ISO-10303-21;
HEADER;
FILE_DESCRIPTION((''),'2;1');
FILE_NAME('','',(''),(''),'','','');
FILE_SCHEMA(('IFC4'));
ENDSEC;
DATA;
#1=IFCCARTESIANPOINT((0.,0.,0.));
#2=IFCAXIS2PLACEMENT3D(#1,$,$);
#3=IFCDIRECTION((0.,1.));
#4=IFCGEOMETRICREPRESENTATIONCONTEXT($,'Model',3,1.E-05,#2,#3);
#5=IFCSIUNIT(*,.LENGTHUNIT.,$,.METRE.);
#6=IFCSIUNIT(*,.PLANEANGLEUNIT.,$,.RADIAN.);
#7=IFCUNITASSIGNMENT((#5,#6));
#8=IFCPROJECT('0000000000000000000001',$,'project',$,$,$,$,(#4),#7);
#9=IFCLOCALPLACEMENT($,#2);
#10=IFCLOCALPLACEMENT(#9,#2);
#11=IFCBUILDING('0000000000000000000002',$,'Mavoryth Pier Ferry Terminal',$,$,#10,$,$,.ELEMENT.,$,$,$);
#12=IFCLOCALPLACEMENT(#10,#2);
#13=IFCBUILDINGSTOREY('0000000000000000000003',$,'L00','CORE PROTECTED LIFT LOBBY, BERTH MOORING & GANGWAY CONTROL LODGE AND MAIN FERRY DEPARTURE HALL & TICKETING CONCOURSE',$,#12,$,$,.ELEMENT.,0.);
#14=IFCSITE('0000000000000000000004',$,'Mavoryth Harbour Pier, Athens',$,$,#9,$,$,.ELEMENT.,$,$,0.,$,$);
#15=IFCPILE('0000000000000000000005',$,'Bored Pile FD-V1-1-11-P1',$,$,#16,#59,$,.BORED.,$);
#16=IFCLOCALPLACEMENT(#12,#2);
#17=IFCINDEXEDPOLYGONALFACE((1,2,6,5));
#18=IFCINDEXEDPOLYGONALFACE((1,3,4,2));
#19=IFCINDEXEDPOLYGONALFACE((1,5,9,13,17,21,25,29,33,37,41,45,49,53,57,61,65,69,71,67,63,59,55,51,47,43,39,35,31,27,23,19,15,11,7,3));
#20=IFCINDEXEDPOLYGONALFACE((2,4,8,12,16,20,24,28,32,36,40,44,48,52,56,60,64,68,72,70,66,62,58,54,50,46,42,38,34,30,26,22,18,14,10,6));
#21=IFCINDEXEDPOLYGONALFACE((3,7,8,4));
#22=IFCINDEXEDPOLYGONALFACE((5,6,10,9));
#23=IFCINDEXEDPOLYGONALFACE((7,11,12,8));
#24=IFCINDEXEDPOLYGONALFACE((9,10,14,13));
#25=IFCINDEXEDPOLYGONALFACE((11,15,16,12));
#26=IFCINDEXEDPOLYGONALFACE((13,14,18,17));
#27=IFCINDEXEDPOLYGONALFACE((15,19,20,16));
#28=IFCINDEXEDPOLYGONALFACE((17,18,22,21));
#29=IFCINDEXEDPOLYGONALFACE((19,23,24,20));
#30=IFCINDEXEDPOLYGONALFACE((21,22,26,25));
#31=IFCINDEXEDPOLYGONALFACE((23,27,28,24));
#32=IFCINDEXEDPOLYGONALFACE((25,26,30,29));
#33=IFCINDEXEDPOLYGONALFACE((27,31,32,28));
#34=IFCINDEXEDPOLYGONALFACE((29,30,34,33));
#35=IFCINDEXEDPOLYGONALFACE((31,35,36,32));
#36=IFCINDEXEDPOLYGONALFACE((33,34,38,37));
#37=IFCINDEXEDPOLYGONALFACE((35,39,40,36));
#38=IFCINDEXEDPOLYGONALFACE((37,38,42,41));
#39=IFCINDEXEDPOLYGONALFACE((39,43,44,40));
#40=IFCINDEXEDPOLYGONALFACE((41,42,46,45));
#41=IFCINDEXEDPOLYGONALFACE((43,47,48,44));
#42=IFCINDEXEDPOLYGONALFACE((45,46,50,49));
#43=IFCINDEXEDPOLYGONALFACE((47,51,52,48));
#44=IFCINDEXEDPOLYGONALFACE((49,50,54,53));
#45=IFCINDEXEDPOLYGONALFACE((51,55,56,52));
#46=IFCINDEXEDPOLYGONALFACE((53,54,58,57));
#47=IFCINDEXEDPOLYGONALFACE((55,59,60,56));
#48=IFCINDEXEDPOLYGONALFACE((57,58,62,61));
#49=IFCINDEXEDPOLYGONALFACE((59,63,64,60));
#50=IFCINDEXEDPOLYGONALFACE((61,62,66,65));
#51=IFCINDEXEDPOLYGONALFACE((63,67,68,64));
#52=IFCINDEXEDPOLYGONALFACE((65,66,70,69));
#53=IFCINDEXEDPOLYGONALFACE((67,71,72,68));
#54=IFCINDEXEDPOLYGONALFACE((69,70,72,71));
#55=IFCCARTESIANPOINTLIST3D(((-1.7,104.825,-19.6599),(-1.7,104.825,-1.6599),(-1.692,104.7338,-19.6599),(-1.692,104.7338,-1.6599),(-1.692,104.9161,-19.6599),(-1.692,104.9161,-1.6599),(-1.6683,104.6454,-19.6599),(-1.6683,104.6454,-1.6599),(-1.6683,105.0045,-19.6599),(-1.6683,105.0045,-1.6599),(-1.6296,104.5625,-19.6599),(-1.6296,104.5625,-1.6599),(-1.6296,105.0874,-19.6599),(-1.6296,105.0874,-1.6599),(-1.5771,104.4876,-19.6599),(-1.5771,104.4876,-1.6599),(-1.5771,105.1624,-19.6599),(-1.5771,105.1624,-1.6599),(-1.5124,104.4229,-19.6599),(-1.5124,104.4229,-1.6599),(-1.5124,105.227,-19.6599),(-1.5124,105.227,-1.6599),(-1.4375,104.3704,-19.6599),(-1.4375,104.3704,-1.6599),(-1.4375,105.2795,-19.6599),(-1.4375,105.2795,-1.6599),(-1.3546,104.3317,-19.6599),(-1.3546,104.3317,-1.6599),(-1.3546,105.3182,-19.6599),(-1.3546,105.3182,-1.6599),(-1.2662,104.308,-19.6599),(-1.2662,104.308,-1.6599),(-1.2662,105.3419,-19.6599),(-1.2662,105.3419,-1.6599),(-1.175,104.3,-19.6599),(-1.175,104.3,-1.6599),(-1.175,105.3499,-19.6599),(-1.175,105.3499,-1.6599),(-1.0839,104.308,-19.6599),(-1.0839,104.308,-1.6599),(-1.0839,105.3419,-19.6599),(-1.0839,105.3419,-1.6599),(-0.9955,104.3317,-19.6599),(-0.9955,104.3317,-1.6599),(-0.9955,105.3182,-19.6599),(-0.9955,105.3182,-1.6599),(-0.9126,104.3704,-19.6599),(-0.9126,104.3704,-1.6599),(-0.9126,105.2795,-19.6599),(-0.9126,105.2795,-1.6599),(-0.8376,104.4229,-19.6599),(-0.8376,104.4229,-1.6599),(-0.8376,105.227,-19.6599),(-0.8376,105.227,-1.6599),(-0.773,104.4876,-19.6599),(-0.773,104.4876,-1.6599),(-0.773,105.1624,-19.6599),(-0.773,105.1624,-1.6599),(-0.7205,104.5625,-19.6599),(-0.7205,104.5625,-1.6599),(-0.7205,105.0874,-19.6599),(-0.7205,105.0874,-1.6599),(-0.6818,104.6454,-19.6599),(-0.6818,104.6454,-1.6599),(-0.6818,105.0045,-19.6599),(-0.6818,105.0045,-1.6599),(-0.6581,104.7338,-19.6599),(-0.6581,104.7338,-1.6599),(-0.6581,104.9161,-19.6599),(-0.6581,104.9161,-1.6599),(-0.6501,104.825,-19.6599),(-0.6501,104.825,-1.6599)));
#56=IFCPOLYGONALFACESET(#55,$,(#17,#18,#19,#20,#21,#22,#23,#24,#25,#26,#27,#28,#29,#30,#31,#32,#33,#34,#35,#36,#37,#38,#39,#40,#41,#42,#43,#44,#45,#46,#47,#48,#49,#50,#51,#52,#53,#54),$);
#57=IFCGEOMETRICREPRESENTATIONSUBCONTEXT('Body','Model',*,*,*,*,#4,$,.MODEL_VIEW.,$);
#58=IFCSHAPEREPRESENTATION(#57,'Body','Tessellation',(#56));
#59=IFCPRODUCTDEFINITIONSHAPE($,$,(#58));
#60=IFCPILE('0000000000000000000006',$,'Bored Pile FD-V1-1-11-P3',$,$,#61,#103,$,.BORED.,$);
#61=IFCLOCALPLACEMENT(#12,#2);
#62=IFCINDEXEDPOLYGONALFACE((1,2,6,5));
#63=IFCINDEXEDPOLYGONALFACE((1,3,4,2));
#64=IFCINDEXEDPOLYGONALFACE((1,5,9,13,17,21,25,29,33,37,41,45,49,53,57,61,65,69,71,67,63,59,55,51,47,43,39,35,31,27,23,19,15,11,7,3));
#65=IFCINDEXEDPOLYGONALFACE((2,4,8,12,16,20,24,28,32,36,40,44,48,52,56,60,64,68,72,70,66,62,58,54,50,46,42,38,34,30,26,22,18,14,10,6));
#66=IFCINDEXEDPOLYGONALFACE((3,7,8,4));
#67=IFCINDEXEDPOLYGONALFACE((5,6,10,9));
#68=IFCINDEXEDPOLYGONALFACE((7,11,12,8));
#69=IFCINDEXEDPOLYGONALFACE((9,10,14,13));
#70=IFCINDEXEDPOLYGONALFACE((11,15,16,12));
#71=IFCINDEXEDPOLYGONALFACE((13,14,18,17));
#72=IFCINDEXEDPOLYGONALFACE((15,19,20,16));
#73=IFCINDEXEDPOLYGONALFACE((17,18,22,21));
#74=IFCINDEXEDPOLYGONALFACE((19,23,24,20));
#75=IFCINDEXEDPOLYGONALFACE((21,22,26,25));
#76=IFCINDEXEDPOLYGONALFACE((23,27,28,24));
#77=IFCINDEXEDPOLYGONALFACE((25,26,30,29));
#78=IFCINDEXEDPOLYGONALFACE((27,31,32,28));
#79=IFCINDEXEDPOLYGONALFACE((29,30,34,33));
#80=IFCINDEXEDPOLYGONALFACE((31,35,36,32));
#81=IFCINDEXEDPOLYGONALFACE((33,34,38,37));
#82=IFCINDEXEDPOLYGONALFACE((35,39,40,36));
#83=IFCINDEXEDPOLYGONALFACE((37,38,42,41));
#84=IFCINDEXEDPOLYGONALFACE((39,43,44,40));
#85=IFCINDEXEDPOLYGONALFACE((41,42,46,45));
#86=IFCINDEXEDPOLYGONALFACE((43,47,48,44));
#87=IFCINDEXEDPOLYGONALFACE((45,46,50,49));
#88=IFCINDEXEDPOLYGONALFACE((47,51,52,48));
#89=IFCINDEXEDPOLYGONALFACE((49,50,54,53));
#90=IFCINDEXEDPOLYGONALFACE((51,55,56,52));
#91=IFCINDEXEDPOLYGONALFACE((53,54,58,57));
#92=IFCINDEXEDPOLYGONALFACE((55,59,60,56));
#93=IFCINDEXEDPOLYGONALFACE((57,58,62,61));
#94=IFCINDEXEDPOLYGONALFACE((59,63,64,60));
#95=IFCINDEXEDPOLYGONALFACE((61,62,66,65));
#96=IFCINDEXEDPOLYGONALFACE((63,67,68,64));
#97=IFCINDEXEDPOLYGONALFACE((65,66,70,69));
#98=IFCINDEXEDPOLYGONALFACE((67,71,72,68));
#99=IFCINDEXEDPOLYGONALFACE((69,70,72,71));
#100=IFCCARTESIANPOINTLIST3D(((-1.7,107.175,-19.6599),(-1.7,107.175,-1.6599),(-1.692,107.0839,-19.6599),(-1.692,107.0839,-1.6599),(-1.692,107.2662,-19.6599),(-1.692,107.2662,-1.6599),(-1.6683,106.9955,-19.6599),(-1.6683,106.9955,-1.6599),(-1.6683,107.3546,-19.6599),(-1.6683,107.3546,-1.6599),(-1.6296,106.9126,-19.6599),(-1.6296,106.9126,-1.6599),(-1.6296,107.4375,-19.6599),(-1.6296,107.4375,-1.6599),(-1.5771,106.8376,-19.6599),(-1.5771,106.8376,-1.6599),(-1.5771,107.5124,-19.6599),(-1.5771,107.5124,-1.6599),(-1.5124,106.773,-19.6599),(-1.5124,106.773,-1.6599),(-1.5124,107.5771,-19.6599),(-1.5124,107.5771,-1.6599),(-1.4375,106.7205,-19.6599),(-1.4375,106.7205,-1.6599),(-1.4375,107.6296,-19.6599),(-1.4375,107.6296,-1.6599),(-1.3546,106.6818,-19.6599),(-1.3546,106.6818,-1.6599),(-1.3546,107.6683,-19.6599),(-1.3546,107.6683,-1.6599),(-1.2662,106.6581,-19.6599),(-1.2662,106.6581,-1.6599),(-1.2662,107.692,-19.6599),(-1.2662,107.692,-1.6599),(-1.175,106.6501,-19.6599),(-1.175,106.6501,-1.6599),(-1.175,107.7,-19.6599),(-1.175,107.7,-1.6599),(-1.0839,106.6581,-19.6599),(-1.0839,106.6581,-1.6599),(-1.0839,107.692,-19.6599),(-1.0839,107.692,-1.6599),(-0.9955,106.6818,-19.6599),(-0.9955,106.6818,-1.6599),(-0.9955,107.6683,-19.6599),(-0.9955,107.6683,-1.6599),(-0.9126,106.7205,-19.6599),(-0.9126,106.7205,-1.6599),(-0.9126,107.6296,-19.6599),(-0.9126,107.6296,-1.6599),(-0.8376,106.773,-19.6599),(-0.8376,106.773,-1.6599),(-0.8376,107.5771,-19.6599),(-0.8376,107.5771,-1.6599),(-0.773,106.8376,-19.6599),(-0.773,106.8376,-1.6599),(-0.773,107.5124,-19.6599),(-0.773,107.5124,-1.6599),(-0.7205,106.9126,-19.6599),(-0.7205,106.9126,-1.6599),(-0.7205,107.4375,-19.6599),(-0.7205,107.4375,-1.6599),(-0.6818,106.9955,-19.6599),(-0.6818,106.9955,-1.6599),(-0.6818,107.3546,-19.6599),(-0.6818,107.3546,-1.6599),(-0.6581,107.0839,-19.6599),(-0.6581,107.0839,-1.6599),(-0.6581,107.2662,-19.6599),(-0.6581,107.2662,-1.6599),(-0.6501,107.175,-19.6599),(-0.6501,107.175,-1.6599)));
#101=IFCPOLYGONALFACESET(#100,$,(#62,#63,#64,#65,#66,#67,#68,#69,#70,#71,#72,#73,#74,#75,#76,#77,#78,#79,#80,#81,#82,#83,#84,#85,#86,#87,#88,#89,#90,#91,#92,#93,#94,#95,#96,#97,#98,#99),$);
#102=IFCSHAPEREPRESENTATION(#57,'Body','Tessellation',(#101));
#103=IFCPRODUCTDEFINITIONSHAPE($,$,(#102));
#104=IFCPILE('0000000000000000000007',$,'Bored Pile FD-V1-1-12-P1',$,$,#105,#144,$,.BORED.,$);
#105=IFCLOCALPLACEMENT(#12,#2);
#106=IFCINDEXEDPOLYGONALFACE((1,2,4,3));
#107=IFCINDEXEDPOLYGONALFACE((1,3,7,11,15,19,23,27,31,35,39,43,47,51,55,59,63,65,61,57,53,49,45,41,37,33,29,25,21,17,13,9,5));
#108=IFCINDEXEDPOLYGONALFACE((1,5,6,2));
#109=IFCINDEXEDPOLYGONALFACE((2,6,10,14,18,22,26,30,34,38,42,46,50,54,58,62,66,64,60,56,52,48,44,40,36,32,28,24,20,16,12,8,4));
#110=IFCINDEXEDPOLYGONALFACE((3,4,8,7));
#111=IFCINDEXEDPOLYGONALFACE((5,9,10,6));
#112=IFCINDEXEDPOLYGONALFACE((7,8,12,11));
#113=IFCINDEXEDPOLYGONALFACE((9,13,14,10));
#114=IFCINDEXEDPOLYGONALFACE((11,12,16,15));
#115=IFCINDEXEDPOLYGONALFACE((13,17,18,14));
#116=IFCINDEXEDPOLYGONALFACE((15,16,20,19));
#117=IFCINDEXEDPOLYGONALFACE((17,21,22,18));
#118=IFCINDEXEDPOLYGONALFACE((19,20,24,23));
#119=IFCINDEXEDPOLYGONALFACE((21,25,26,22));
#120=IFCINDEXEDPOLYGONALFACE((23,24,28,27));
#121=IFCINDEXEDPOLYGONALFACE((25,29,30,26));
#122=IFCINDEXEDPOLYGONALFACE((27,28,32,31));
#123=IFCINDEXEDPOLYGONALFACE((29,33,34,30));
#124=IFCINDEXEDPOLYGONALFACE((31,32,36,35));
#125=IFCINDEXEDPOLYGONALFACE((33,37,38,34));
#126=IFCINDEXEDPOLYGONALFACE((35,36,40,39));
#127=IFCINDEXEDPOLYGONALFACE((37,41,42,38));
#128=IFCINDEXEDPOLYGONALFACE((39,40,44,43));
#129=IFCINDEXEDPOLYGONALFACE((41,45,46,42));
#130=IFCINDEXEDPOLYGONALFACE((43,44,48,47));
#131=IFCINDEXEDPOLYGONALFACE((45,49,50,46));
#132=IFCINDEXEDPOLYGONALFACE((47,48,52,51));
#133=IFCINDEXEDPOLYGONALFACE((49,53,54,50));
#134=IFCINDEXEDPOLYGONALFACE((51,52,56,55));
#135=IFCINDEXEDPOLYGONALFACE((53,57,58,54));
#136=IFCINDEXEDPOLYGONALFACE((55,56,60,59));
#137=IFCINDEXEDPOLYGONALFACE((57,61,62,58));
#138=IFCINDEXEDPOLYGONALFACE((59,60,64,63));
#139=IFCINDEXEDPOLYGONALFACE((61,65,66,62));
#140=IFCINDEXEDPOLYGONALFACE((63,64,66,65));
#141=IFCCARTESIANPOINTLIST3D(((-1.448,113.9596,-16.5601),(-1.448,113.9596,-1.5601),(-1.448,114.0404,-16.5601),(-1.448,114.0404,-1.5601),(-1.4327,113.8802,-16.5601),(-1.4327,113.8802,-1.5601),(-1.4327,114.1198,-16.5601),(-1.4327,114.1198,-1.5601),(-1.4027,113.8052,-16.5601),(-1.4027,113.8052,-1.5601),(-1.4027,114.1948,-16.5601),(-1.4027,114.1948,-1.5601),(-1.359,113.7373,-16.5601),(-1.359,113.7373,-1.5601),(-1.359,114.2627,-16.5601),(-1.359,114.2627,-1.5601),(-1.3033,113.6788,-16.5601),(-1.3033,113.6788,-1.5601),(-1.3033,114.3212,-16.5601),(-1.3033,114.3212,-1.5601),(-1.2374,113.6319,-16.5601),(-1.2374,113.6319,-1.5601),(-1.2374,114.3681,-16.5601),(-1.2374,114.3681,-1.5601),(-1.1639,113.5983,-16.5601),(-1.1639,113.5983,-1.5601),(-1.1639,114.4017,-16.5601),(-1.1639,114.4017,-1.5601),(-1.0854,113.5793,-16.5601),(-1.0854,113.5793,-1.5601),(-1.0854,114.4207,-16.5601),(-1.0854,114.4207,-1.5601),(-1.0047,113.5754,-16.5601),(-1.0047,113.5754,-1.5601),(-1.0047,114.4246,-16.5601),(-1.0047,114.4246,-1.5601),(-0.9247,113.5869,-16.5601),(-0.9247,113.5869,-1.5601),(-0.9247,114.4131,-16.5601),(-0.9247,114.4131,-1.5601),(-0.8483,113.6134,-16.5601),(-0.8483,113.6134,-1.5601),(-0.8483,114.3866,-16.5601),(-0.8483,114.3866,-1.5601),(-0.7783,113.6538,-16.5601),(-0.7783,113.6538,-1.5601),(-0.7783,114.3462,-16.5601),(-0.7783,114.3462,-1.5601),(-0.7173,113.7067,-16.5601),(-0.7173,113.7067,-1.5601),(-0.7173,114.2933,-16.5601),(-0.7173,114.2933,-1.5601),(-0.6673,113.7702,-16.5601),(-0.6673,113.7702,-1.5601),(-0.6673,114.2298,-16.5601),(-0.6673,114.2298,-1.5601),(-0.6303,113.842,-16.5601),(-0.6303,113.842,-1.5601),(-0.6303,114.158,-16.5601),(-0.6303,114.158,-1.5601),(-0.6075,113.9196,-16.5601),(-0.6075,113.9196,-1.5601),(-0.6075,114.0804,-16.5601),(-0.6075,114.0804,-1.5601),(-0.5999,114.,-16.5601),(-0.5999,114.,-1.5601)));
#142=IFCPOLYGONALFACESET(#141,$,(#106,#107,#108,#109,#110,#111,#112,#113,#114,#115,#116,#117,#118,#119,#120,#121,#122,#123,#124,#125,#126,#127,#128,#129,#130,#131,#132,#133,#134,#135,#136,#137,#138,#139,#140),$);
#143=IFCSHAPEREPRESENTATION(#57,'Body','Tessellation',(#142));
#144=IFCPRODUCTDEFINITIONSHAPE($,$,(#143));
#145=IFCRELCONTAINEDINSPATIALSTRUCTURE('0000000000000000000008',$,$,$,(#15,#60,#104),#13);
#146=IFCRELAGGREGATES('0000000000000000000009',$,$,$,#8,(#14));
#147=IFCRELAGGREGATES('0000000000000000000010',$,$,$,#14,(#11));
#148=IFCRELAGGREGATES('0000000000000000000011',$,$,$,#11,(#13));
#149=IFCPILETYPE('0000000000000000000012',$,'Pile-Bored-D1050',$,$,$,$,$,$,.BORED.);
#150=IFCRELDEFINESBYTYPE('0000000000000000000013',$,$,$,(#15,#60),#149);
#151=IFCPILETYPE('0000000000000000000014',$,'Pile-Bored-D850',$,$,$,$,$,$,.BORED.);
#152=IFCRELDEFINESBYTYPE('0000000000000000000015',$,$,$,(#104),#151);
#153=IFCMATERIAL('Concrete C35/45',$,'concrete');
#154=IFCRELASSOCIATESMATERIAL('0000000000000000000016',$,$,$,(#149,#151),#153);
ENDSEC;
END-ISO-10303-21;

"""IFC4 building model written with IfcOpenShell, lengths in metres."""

from ifc_helpers import new_model, si_unit, direction, frame, origin, origin_2d, place, context, subcontext, project, spatial, circle, extrude, material, material_profile, profile_set, type_object, element, save


model = new_model("IFC4")

# Units and contexts
model_context = context("Model", 3, precision=1e-05, world=origin(), true_north=direction((0.0, 1.0)))
body_context = subcontext(model_context, "Body", "Model", "MODEL_VIEW")
ifc_project = project(units=[si_unit("LENGTHUNIT", "METRE"), si_unit("PLANEANGLEUNIT", "RADIAN")], contexts=[model_context])

# Site, building, storey
site_placement = place(None, origin())
site = spatial("IfcSite", under=ifc_project, at=site_placement, Name="Mavoryth Harbour Pier, Athens", CompositionType="ELEMENT", RefElevation=0.0)
building_placement = place(site_placement, origin())
building = spatial("IfcBuilding", under=site, at=building_placement, Name="Mavoryth Pier Ferry Terminal", CompositionType="ELEMENT")
storey_placement = place(building_placement, origin())
storey = spatial("IfcBuildingStorey", under=building, at=storey_placement, Name="L00", Description="CORE PROTECTED LIFT LOBBY, BERTH MOORING & GANGWAY CONTROL LODGE AND MAIN FERRY DEPARTURE HALL & TICKETING CONCOURSE", CompositionType="ELEMENT", Elevation=0.0)

# Piles
ifc_material_1 = material(Name="Concrete C35/45", Category="concrete")
ifc_material_profile_1 = material_profile(ifc_material_1, circle(Radius=0.5249, at=origin_2d()), Name="PILE D1050", Category="concrete")
ifc_profile_set_1 = profile_set([ifc_material_profile_1], Name="Concrete C35/45 - PILE D1050")
pile_type_1 = type_object("IfcPileType", Name="Pile-Bored-D1050", PredefinedType="BORED", material=ifc_profile_set_1)
for number, where, z_axis, x_axis, name in (
    (1, (-1.175, 104.825, -1.6599), (0.0, 0.0, -1.0), (1.0, 0.0, 0.0), "Bored Pile FD-V1-1-11-P1"),
    (2, (-1.175, 107.175, -1.6599), (0.0, 0.0, -1.0), (1.0, 0.0, 0.0), "Bored Pile FD-V1-1-11-P3"),
):
    element("IfcPile", number, at=place(storey_placement, frame(where, z_axis=z_axis, x_axis=x_axis)), inside=storey, type_object=pile_type_1, Name=name, PredefinedType="BORED", context=body_context, shape_type="SweptSolid", body=[
        extrude(circle(Radius=0.5249, at=origin_2d()), origin(), (0.0, 0.0, 1.0), 18.0),
    ])
ifc_material_profile_2 = material_profile(ifc_material_1, circle(Radius=0.425, at=origin_2d()), Name="PILE D850", Category="concrete")
ifc_profile_set_2 = profile_set([ifc_material_profile_2], Name="Concrete C35/45 - PILE D850")
pile_type_2 = type_object("IfcPileType", Name="Pile-Bored-D850", PredefinedType="BORED", material=ifc_profile_set_2)
pile_placement = place(storey_placement, frame((-1.0249, 114.0, -1.5601), z_axis=(0.0, 0.0, -1.0), x_axis=(1.0, 0.0, 0.0)))
element("IfcPile", 3, at=pile_placement, inside=storey, type_object=pile_type_2, Name="Bored Pile FD-V1-1-12-P1", PredefinedType="BORED", context=body_context, shape_type="SweptSolid", body=[
    extrude(circle(Radius=0.425, at=origin_2d()), origin(), (0.0, 0.0, 1.0), 15.0),
])

save(model, "model.ifc")
